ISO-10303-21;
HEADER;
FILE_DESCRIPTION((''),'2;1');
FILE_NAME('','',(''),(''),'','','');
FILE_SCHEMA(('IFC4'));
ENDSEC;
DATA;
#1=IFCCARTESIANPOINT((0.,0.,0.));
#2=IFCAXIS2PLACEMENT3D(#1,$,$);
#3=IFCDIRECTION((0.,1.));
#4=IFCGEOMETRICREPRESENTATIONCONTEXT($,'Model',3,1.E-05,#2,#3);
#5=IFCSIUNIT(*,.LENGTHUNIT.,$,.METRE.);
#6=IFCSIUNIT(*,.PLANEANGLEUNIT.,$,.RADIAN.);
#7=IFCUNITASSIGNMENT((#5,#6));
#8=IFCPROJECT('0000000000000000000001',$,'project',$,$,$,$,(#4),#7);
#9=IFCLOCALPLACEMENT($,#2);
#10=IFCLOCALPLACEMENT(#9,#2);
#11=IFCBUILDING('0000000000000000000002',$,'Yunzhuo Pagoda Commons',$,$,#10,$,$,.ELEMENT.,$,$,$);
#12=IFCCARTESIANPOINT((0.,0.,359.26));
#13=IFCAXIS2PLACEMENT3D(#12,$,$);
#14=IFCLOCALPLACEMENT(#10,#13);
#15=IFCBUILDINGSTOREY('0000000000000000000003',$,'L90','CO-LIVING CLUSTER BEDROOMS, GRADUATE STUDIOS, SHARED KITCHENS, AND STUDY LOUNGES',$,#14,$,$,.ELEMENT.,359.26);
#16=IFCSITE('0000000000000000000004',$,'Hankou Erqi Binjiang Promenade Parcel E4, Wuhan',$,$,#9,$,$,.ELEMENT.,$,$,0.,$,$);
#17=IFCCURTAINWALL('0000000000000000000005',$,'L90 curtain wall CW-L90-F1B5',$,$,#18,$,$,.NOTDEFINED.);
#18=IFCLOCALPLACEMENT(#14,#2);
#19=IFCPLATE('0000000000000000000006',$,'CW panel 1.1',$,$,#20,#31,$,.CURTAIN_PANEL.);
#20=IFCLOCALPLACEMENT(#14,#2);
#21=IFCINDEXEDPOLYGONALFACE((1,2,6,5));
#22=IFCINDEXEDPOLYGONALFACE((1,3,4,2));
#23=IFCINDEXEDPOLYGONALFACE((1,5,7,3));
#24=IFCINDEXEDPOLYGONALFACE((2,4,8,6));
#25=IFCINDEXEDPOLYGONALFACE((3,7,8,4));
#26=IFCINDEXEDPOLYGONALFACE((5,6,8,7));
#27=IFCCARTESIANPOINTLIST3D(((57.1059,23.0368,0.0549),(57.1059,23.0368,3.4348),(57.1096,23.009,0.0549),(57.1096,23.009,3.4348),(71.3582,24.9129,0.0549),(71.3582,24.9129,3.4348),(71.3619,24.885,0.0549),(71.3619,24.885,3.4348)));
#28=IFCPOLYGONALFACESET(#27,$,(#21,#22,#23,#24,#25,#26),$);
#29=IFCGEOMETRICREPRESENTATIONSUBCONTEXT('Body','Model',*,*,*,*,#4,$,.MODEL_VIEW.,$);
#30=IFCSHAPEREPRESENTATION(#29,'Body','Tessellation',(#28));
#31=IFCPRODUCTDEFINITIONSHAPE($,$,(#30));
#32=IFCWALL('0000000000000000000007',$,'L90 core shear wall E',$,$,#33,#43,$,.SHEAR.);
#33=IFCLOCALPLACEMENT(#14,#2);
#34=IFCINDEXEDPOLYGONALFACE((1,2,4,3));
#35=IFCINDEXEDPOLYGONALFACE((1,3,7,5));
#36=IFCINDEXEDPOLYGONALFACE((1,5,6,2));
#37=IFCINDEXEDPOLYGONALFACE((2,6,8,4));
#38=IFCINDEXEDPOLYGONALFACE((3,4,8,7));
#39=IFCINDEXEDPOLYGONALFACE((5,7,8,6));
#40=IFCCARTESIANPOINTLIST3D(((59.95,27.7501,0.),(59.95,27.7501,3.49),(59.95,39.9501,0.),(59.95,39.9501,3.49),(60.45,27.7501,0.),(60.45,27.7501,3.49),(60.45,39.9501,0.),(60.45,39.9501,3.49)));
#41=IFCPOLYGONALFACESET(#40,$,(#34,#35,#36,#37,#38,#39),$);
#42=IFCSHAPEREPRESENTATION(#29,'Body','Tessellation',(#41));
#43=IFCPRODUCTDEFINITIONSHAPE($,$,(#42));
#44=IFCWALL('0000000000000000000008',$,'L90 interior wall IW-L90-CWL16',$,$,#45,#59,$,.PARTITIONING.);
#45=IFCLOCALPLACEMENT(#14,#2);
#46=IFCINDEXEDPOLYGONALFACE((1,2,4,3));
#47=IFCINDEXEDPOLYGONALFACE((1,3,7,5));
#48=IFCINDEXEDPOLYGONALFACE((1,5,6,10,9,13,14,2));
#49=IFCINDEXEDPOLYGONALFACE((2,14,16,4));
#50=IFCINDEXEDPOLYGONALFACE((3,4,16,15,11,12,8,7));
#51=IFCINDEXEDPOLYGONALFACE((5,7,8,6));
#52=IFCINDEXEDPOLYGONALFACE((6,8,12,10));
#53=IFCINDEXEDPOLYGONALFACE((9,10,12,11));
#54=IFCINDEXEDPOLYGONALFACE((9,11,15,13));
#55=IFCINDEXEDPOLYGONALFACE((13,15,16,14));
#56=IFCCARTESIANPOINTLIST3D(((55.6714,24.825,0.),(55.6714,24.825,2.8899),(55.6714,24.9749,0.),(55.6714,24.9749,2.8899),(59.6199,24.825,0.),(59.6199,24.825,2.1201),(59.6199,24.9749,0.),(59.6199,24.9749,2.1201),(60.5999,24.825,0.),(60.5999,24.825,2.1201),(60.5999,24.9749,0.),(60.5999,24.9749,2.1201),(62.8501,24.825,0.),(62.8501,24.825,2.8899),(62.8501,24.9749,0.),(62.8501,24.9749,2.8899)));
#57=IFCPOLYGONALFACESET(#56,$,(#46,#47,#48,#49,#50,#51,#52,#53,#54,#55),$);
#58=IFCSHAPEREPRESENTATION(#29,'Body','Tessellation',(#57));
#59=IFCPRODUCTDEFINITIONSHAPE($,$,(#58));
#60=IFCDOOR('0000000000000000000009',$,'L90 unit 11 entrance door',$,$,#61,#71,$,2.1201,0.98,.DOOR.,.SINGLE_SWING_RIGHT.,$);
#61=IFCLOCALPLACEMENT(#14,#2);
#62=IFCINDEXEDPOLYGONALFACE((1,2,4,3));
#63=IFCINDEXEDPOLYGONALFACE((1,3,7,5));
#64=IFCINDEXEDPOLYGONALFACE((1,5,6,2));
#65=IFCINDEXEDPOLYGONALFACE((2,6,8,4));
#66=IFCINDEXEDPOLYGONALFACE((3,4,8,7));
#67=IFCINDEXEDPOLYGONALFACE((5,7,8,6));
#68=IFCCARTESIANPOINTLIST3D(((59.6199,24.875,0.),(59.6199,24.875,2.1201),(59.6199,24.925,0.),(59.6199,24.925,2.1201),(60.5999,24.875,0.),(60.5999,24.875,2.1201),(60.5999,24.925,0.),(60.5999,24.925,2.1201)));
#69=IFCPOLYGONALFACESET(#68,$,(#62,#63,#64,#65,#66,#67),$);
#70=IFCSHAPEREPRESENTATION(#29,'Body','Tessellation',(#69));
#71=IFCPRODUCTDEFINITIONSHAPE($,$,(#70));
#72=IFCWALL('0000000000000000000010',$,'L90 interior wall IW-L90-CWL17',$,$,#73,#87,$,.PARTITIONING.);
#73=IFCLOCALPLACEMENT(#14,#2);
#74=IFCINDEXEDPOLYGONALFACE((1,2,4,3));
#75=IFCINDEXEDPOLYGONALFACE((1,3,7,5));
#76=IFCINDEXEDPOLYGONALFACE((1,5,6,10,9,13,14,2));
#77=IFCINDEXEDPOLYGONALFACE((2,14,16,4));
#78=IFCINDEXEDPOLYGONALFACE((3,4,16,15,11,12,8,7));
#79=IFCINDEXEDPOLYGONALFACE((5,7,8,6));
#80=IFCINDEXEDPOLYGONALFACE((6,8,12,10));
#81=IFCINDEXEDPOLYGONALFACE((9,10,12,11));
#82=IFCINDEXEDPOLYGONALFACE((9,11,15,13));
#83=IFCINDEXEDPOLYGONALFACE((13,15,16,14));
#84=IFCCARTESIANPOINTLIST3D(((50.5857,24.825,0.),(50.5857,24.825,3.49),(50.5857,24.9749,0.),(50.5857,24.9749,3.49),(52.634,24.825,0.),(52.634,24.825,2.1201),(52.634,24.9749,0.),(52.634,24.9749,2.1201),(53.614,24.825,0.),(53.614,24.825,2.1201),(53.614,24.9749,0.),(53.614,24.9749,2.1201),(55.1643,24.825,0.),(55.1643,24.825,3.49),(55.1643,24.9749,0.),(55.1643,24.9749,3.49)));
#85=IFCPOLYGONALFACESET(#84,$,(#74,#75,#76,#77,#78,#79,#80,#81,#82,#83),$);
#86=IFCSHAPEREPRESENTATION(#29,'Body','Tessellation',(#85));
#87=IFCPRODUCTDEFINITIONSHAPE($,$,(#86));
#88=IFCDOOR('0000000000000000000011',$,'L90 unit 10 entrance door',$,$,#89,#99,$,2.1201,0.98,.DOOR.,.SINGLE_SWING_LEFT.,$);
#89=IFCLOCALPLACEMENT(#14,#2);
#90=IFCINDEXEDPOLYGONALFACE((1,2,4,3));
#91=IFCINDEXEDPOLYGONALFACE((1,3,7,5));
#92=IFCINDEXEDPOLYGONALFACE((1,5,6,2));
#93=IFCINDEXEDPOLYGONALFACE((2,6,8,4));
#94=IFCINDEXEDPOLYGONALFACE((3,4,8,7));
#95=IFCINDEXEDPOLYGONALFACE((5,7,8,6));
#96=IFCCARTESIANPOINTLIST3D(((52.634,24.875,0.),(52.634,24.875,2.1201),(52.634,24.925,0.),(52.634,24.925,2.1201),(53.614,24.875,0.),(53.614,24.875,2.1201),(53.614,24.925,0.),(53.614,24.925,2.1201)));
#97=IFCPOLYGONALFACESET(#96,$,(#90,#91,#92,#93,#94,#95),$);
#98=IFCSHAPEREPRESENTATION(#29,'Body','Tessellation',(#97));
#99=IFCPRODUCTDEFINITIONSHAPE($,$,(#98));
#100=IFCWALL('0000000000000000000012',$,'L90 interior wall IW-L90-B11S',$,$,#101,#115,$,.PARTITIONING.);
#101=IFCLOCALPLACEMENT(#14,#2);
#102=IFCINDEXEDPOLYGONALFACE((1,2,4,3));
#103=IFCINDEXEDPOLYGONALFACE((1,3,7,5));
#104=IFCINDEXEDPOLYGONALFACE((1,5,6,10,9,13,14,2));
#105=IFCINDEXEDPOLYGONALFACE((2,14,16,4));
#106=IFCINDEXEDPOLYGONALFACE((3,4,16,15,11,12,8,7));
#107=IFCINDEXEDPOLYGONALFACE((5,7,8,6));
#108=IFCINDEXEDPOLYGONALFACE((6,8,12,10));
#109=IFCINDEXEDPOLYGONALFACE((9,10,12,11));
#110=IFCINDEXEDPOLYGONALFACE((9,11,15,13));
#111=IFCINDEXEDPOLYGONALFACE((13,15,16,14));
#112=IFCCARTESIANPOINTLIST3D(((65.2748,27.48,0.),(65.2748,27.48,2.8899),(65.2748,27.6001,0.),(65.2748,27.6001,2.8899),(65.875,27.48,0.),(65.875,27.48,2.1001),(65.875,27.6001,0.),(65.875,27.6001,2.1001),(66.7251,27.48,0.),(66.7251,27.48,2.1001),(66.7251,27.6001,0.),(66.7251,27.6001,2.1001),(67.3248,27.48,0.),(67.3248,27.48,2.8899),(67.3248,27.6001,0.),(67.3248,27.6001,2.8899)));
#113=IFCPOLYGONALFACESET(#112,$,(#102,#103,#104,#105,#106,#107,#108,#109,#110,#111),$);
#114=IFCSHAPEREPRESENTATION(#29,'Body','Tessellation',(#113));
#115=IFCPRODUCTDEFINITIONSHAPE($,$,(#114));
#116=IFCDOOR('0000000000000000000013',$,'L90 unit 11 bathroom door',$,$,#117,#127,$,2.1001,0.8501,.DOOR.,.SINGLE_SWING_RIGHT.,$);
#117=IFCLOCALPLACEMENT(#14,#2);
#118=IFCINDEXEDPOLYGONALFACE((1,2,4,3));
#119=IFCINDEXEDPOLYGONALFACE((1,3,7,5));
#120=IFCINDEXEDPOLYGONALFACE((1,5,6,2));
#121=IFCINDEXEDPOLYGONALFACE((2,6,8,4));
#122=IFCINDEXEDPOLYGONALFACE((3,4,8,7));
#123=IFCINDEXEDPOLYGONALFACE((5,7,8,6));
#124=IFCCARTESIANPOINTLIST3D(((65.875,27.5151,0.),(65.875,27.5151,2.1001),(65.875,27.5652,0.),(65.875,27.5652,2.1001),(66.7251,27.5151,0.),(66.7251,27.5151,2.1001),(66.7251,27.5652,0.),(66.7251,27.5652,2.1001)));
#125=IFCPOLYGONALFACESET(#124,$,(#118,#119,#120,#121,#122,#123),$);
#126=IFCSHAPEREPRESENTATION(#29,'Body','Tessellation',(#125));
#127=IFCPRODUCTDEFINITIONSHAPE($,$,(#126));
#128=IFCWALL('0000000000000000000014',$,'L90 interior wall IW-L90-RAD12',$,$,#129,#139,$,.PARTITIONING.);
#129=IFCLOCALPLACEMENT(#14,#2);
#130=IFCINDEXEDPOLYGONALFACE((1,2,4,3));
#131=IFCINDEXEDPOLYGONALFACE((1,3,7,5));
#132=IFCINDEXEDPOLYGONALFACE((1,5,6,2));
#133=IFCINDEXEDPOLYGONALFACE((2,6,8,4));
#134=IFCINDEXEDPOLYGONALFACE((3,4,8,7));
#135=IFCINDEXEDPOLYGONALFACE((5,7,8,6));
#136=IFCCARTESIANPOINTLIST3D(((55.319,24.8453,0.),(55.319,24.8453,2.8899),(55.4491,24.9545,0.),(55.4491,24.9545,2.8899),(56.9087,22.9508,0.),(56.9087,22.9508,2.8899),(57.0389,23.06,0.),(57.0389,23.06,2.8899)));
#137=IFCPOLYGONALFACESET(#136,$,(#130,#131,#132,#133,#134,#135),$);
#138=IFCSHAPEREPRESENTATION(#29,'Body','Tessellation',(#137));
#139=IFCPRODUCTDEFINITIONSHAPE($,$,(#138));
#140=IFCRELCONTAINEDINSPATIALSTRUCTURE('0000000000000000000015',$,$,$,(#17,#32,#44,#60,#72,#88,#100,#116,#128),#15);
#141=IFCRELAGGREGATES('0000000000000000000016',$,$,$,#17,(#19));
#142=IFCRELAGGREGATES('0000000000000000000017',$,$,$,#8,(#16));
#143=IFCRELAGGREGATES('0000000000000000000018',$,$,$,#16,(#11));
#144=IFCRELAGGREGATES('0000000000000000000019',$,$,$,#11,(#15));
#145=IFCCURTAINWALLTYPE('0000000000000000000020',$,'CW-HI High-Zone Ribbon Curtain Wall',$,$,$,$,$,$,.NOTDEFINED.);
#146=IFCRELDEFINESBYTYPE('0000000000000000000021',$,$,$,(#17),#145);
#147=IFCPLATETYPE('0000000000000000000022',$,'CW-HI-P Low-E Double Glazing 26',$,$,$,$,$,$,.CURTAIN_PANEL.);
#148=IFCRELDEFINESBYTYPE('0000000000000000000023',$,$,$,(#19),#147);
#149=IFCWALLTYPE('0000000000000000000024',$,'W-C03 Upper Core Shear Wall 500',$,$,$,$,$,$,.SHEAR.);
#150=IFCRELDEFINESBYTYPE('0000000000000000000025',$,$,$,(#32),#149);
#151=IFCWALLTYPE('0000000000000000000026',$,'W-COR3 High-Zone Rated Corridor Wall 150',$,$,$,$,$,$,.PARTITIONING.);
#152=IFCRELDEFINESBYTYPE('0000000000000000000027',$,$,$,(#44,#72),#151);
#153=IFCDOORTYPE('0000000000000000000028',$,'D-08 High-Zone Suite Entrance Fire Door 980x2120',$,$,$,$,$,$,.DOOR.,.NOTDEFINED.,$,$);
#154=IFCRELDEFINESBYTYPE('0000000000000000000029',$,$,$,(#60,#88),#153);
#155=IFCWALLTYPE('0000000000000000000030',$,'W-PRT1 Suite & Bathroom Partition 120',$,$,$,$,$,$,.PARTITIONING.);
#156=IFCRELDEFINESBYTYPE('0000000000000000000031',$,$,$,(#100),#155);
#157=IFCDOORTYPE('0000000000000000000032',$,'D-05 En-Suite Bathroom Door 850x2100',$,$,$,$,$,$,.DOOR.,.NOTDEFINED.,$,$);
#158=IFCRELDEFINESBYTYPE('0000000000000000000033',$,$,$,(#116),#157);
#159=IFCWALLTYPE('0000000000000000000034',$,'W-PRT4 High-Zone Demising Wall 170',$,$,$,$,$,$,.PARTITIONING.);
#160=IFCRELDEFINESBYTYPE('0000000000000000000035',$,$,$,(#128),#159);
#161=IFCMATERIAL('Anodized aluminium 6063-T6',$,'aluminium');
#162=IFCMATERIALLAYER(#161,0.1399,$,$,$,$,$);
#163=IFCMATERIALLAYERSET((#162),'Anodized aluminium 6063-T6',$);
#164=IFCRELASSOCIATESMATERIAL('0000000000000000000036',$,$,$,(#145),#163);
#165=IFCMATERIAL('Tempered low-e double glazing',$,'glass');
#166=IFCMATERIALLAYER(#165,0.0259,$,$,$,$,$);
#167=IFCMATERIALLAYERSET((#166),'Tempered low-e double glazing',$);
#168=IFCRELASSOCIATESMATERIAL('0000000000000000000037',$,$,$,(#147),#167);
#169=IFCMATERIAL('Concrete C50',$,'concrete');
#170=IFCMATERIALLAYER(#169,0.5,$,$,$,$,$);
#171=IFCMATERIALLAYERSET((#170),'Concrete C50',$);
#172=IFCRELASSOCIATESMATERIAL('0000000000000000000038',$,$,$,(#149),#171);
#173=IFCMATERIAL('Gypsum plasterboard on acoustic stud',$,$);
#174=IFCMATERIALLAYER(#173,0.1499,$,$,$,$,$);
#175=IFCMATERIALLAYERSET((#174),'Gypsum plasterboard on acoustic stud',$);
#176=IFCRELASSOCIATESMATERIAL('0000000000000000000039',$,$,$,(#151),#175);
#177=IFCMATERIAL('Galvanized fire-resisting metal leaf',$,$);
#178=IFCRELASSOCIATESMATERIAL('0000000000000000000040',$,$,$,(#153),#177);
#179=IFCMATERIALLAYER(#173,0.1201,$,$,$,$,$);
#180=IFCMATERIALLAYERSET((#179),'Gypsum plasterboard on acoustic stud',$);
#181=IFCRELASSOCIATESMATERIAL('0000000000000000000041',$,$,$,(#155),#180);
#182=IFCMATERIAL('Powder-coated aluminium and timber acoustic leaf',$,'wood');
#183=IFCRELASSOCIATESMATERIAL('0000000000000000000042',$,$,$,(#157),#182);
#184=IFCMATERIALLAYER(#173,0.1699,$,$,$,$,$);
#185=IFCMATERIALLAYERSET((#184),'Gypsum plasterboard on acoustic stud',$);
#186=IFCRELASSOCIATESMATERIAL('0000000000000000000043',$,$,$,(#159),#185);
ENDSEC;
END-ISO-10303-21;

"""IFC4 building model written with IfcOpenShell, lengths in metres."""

from ifc_helpers import new_model, si_unit, direction, frame, frame_2d, origin, origin_with_axes, origin_2d, place, context, subcontext, project, spatial, rectangle, extrude, source, transform, mapped, material, layer, layer_set, type_object, element, fill, aggregate, save


model = new_model("IFC4")

# Units and contexts
model_context = context("Model", 3, precision=1e-05, world=origin(), true_north=direction((0.0, 1.0)))
body_context = subcontext(model_context, "Body", "Model", "MODEL_VIEW")
ifc_project = project(units=[si_unit("LENGTHUNIT", "METRE"), si_unit("PLANEANGLEUNIT", "RADIAN")], contexts=[model_context])

# Site, building, storey
site_placement = place(None, origin())
site = spatial("IfcSite", under=ifc_project, at=site_placement, Name="Hankou Erqi Binjiang Promenade Parcel E4, Wuhan", CompositionType="ELEMENT", RefElevation=0.0)
building_placement = place(site_placement, origin())
building = spatial("IfcBuilding", under=site, at=building_placement, Name="Yunzhuo Pagoda Commons", CompositionType="ELEMENT")
storey_placement = place(building_placement, frame((0.0, 0.0, 359.26)))
storey = spatial("IfcBuildingStorey", under=building, at=storey_placement, Name="L90", Description="CO-LIVING CLUSTER BEDROOMS, GRADUATE STUDIOS, SHARED KITCHENS, AND STUDY LOUNGES", CompositionType="ELEMENT", Elevation=359.26)

# Shared definitions
ifc_material_1 = material(Name="Anodized aluminium 6063-T6", Category="aluminium")
ifc_layer_1 = layer(ifc_material_1, 0.1399)
ifc_layer_set_1 = layer_set([ifc_layer_1], Name="Anodized aluminium 6063-T6")
curtain_wall_type = type_object("IfcCurtainWallType", Name="CW-HI High-Zone Ribbon Curtain Wall", PredefinedType="NOTDEFINED", material=ifc_layer_set_1)

# Curtain wall
curtain_wall_1_placement = place(storey_placement, origin())
curtain_wall_1 = element("IfcCurtainWall", 1, at=curtain_wall_1_placement, inside=storey, type_object=curtain_wall_type, Name="L90 curtain wall CW-L90-F1B5", PredefinedType="NOTDEFINED")

# Plate
ifc_material_2 = material(Name="Tempered low-e double glazing", Category="glass")
ifc_layer_2 = layer(ifc_material_2, 0.0259)
ifc_layer_set_2 = layer_set([ifc_layer_2], Name="Tempered low-e double glazing")
plate_type = type_object("IfcPlateType", Name="CW-HI-P Low-E Double Glazing 26", PredefinedType="CURTAIN_PANEL", material=ifc_layer_set_2)
shared_shape_1 = source(origin(), body_context, "Body", "SweptSolid", [
    extrude(rectangle(XDim=14.3752, YDim=0.0281, at=origin_2d()), origin(), (0.0, 0.0, 1.0), 3.3799),
])
plate_1_placement = place(storey_placement, frame((64.2339, 23.9609, 0.0549), z_axis=(0.0, 0.0, 1.0), x_axis=(0.991448, 0.130506, 0.0)))
plate_1 = element("IfcPlate", 2, at=plate_1_placement, type_object=plate_type, Name="CW panel 1.1", PredefinedType="CURTAIN_PANEL", context=body_context, shape_type="MappedRepresentation", body=[
    mapped(shared_shape_1, transform((0.0, 0.0, 0.0), scale=1.0)),
])
aggregate(curtain_wall_1, [plate_1])

# Wall
ifc_material_3 = material(Name="Concrete C50", Category="concrete")
ifc_layer_3 = layer(ifc_material_3, 0.5)
ifc_layer_set_3 = layer_set([ifc_layer_3], Name="Concrete C50")
wall_type_1 = type_object("IfcWallType", Name="W-C03 Upper Core Shear Wall 500", PredefinedType="SHEAR", material=ifc_layer_set_3)
wall_1_placement = place(storey_placement, frame((60.2, 27.75, 0.0), z_axis=(0.0, 0.0, 1.0), x_axis=(0.0, 1.0, 0.0)))
element("IfcWall", 3, at=wall_1_placement, inside=storey, type_object=wall_type_1, Name="L90 core shear wall E", PredefinedType="SHEAR", context=body_context, shape_type="SweptSolid", body=[
    extrude(rectangle(XDim=12.2, YDim=0.5, at=frame_2d((6.1001, 0.0))), origin(), (0.0, 0.0, 1.0), 3.49),
])

# Walls, openings, doors
ifc_material_4 = material(Name="Gypsum plasterboard on acoustic stud")
ifc_layer_4 = layer(ifc_material_4, 0.1499)
ifc_layer_set_4 = layer_set([ifc_layer_4], Name="Gypsum plasterboard on acoustic stud")
wall_type_2 = type_object("IfcWallType", Name="W-COR3 High-Zone Rated Corridor Wall 150", PredefinedType="PARTITIONING", material=ifc_layer_set_4)
wall_2_placement = place(storey_placement, frame((62.8501, 24.8999, 0.0), z_axis=(0.0, 0.0, 1.0), x_axis=(-1.0, 0.0, 0.0)))
wall_2 = element("IfcWall", 4, at=wall_2_placement, inside=storey, type_object=wall_type_2, Name="L90 interior wall IW-L90-CWL16", PredefinedType="PARTITIONING", context=body_context, shape_type="SweptSolid", body=[
    extrude(rectangle(XDim=7.1787, YDim=0.1499, at=frame_2d((3.5894, 0.0))), origin(), (0.0, 0.0, 1.0), 2.8899),
])
opening_1_placement = place(wall_2_placement, frame((2.2502, 0.0, 0.0)))
opening_1 = element("IfcOpeningElement", 5, at=opening_1_placement, cuts=wall_2, PredefinedType="OPENING", context=body_context, shape_type="SweptSolid", body=[
    extrude(rectangle(XDim=0.98, YDim=2.1201, at=frame_2d((0.49, 1.0601))), frame((0.0, 0.085, 0.0), z_axis=(0.0, -1.0, 0.0), x_axis=(1.0, 0.0, 0.0)), (0.0, 0.0, 1.0), 0.1699),
])
ifc_material_5 = material(Name="Galvanized fire-resisting metal leaf")
door_type_1 = type_object("IfcDoorType", Name="D-08 High-Zone Suite Entrance Fire Door 980x2120", OperationType="NOTDEFINED", PredefinedType="DOOR", material=ifc_material_5)
shared_shape_2 = source(origin(), body_context, "Body", "SweptSolid", [
    extrude(rectangle(XDim=0.98, YDim=2.1201, at=frame_2d((0.49, 1.0601))), frame((0.0, 0.0249, 0.0), z_axis=(0.0, -1.0, 0.0), x_axis=(1.0, 0.0, 0.0)), (0.0, 0.0, 1.0), 0.05),
])
door_1_placement = place(opening_1_placement, origin_with_axes())
door_1 = element("IfcDoor", 6, at=door_1_placement, inside=storey, type_object=door_type_1, Name="L90 unit 11 entrance door", OperationType="SINGLE_SWING_RIGHT", OverallHeight=2.1201, OverallWidth=0.98, PredefinedType="DOOR", context=body_context, shape_type="MappedRepresentation", body=[
    mapped(shared_shape_2, transform((0.0, 0.0, 0.0), scale=1.0)),
])
fill(opening_1, door_1)
wall_3_placement = place(storey_placement, frame((55.1643, 24.8999, 0.0), z_axis=(0.0, 0.0, 1.0), x_axis=(-1.0, 0.0, 0.0)))
wall_3 = element("IfcWall", 7, at=wall_3_placement, inside=storey, type_object=wall_type_2, Name="L90 interior wall IW-L90-CWL17", PredefinedType="PARTITIONING", context=body_context, shape_type="SweptSolid", body=[
    extrude(rectangle(XDim=4.5786, YDim=0.1499, at=frame_2d((2.2893, 0.0))), origin(), (0.0, 0.0, 1.0), 3.49),
])
opening_2_placement = place(wall_3_placement, frame((1.5503, 0.0, 0.0)))
opening_2 = element("IfcOpeningElement", 8, at=opening_2_placement, cuts=wall_3, PredefinedType="OPENING", context=body_context, shape_type="SweptSolid", body=[
    extrude(rectangle(XDim=0.98, YDim=2.1201, at=frame_2d((0.49, 1.0601))), frame((0.0, 0.085, 0.0), z_axis=(0.0, -1.0, 0.0), x_axis=(1.0, 0.0, 0.0)), (0.0, 0.0, 1.0), 0.1699),
])
door_2_placement = place(opening_2_placement, origin_with_axes())
door_2 = element("IfcDoor", 9, at=door_2_placement, inside=storey, type_object=door_type_1, Name="L90 unit 10 entrance door", OperationType="SINGLE_SWING_LEFT", OverallHeight=2.1201, OverallWidth=0.98, PredefinedType="DOOR", context=body_context, shape_type="MappedRepresentation", body=[
    mapped(shared_shape_2, transform((0.0, 0.0, 0.0), scale=1.0)),
])
fill(opening_2, door_2)
ifc_layer_5 = layer(ifc_material_4, 0.1201)
ifc_layer_set_5 = layer_set([ifc_layer_5], Name="Gypsum plasterboard on acoustic stud")
wall_type_3 = type_object("IfcWallType", Name="W-PRT1 Suite & Bathroom Partition 120", PredefinedType="PARTITIONING", material=ifc_layer_set_5)
wall_4_placement = place(storey_placement, frame((65.2749, 27.54, 0.0), z_axis=(0.0, 0.0, 1.0), x_axis=(1.0, 0.0, 0.0)))
wall_4 = element("IfcWall", 10, at=wall_4_placement, inside=storey, type_object=wall_type_3, Name="L90 interior wall IW-L90-B11S", PredefinedType="PARTITIONING", context=body_context, shape_type="SweptSolid", body=[
    extrude(rectangle(XDim=2.05, YDim=0.1201, at=frame_2d((1.0249, 0.0))), origin(), (0.0, 0.0, 1.0), 2.8899),
])
opening_3_placement = place(wall_4_placement, frame((0.6001, 0.0, 0.0)))
opening_3 = element("IfcOpeningElement", 11, at=opening_3_placement, cuts=wall_4, PredefinedType="OPENING", context=body_context, shape_type="SweptSolid", body=[
    extrude(rectangle(XDim=0.8501, YDim=2.1001, at=frame_2d((0.425, 1.05))), frame((0.0, 0.0701, 0.0), z_axis=(0.0, -1.0, 0.0), x_axis=(1.0, 0.0, 0.0)), (0.0, 0.0, 1.0), 0.1401),
])
ifc_material_6 = material(Name="Powder-coated aluminium and timber acoustic leaf", Category="wood")
door_type_2 = type_object("IfcDoorType", Name="D-05 En-Suite Bathroom Door 850x2100", OperationType="NOTDEFINED", PredefinedType="DOOR", material=ifc_material_6)
shared_shape_3 = source(origin(), body_context, "Body", "SweptSolid", [
    extrude(rectangle(XDim=0.8501, YDim=2.1001, at=frame_2d((0.425, 1.05))), frame((0.0, 0.0249, 0.0), z_axis=(0.0, -1.0, 0.0), x_axis=(1.0, 0.0, 0.0)), (0.0, 0.0, 1.0), 0.05),
])
door_3_placement = place(opening_3_placement, frame((0.8501, 0.0, 0.0), z_axis=(0.0, 0.0, 1.0), x_axis=(-1.0, 0.0, 0.0)))
door_3 = element("IfcDoor", 12, at=door_3_placement, inside=storey, type_object=door_type_2, Name="L90 unit 11 bathroom door", OperationType="SINGLE_SWING_RIGHT", OverallHeight=2.1001, OverallWidth=0.8501, PredefinedType="DOOR", context=body_context, shape_type="MappedRepresentation", body=[
    mapped(shared_shape_3, transform((0.0, 0.0, 0.0), scale=1.0)),
])
fill(opening_3, door_3)

# Wall
ifc_layer_6 = layer(ifc_material_4, 0.1699)
ifc_layer_set_6 = layer_set([ifc_layer_6], Name="Gypsum plasterboard on acoustic stud")
wall_type_4 = type_object("IfcWallType", Name="W-PRT4 High-Zone Demising Wall 170", PredefinedType="PARTITIONING", material=ifc_layer_set_6)
wall_5_placement = place(storey_placement, frame((55.384, 24.8999, 0.0), z_axis=(0.0, 0.0, 1.0), x_axis=(0.642822, -0.766016, 0.0)))
element("IfcWall", 13, at=wall_5_placement, inside=storey, type_object=wall_type_4, Name="L90 interior wall IW-L90-RAD12", PredefinedType="PARTITIONING", context=body_context, shape_type="SweptSolid", body=[
    extrude(rectangle(XDim=2.4731, YDim=0.1699, at=frame_2d((1.2366, 0.0))), origin(), (0.0, 0.0, 1.0), 2.8899),
])

save(model, "model.ifc")
